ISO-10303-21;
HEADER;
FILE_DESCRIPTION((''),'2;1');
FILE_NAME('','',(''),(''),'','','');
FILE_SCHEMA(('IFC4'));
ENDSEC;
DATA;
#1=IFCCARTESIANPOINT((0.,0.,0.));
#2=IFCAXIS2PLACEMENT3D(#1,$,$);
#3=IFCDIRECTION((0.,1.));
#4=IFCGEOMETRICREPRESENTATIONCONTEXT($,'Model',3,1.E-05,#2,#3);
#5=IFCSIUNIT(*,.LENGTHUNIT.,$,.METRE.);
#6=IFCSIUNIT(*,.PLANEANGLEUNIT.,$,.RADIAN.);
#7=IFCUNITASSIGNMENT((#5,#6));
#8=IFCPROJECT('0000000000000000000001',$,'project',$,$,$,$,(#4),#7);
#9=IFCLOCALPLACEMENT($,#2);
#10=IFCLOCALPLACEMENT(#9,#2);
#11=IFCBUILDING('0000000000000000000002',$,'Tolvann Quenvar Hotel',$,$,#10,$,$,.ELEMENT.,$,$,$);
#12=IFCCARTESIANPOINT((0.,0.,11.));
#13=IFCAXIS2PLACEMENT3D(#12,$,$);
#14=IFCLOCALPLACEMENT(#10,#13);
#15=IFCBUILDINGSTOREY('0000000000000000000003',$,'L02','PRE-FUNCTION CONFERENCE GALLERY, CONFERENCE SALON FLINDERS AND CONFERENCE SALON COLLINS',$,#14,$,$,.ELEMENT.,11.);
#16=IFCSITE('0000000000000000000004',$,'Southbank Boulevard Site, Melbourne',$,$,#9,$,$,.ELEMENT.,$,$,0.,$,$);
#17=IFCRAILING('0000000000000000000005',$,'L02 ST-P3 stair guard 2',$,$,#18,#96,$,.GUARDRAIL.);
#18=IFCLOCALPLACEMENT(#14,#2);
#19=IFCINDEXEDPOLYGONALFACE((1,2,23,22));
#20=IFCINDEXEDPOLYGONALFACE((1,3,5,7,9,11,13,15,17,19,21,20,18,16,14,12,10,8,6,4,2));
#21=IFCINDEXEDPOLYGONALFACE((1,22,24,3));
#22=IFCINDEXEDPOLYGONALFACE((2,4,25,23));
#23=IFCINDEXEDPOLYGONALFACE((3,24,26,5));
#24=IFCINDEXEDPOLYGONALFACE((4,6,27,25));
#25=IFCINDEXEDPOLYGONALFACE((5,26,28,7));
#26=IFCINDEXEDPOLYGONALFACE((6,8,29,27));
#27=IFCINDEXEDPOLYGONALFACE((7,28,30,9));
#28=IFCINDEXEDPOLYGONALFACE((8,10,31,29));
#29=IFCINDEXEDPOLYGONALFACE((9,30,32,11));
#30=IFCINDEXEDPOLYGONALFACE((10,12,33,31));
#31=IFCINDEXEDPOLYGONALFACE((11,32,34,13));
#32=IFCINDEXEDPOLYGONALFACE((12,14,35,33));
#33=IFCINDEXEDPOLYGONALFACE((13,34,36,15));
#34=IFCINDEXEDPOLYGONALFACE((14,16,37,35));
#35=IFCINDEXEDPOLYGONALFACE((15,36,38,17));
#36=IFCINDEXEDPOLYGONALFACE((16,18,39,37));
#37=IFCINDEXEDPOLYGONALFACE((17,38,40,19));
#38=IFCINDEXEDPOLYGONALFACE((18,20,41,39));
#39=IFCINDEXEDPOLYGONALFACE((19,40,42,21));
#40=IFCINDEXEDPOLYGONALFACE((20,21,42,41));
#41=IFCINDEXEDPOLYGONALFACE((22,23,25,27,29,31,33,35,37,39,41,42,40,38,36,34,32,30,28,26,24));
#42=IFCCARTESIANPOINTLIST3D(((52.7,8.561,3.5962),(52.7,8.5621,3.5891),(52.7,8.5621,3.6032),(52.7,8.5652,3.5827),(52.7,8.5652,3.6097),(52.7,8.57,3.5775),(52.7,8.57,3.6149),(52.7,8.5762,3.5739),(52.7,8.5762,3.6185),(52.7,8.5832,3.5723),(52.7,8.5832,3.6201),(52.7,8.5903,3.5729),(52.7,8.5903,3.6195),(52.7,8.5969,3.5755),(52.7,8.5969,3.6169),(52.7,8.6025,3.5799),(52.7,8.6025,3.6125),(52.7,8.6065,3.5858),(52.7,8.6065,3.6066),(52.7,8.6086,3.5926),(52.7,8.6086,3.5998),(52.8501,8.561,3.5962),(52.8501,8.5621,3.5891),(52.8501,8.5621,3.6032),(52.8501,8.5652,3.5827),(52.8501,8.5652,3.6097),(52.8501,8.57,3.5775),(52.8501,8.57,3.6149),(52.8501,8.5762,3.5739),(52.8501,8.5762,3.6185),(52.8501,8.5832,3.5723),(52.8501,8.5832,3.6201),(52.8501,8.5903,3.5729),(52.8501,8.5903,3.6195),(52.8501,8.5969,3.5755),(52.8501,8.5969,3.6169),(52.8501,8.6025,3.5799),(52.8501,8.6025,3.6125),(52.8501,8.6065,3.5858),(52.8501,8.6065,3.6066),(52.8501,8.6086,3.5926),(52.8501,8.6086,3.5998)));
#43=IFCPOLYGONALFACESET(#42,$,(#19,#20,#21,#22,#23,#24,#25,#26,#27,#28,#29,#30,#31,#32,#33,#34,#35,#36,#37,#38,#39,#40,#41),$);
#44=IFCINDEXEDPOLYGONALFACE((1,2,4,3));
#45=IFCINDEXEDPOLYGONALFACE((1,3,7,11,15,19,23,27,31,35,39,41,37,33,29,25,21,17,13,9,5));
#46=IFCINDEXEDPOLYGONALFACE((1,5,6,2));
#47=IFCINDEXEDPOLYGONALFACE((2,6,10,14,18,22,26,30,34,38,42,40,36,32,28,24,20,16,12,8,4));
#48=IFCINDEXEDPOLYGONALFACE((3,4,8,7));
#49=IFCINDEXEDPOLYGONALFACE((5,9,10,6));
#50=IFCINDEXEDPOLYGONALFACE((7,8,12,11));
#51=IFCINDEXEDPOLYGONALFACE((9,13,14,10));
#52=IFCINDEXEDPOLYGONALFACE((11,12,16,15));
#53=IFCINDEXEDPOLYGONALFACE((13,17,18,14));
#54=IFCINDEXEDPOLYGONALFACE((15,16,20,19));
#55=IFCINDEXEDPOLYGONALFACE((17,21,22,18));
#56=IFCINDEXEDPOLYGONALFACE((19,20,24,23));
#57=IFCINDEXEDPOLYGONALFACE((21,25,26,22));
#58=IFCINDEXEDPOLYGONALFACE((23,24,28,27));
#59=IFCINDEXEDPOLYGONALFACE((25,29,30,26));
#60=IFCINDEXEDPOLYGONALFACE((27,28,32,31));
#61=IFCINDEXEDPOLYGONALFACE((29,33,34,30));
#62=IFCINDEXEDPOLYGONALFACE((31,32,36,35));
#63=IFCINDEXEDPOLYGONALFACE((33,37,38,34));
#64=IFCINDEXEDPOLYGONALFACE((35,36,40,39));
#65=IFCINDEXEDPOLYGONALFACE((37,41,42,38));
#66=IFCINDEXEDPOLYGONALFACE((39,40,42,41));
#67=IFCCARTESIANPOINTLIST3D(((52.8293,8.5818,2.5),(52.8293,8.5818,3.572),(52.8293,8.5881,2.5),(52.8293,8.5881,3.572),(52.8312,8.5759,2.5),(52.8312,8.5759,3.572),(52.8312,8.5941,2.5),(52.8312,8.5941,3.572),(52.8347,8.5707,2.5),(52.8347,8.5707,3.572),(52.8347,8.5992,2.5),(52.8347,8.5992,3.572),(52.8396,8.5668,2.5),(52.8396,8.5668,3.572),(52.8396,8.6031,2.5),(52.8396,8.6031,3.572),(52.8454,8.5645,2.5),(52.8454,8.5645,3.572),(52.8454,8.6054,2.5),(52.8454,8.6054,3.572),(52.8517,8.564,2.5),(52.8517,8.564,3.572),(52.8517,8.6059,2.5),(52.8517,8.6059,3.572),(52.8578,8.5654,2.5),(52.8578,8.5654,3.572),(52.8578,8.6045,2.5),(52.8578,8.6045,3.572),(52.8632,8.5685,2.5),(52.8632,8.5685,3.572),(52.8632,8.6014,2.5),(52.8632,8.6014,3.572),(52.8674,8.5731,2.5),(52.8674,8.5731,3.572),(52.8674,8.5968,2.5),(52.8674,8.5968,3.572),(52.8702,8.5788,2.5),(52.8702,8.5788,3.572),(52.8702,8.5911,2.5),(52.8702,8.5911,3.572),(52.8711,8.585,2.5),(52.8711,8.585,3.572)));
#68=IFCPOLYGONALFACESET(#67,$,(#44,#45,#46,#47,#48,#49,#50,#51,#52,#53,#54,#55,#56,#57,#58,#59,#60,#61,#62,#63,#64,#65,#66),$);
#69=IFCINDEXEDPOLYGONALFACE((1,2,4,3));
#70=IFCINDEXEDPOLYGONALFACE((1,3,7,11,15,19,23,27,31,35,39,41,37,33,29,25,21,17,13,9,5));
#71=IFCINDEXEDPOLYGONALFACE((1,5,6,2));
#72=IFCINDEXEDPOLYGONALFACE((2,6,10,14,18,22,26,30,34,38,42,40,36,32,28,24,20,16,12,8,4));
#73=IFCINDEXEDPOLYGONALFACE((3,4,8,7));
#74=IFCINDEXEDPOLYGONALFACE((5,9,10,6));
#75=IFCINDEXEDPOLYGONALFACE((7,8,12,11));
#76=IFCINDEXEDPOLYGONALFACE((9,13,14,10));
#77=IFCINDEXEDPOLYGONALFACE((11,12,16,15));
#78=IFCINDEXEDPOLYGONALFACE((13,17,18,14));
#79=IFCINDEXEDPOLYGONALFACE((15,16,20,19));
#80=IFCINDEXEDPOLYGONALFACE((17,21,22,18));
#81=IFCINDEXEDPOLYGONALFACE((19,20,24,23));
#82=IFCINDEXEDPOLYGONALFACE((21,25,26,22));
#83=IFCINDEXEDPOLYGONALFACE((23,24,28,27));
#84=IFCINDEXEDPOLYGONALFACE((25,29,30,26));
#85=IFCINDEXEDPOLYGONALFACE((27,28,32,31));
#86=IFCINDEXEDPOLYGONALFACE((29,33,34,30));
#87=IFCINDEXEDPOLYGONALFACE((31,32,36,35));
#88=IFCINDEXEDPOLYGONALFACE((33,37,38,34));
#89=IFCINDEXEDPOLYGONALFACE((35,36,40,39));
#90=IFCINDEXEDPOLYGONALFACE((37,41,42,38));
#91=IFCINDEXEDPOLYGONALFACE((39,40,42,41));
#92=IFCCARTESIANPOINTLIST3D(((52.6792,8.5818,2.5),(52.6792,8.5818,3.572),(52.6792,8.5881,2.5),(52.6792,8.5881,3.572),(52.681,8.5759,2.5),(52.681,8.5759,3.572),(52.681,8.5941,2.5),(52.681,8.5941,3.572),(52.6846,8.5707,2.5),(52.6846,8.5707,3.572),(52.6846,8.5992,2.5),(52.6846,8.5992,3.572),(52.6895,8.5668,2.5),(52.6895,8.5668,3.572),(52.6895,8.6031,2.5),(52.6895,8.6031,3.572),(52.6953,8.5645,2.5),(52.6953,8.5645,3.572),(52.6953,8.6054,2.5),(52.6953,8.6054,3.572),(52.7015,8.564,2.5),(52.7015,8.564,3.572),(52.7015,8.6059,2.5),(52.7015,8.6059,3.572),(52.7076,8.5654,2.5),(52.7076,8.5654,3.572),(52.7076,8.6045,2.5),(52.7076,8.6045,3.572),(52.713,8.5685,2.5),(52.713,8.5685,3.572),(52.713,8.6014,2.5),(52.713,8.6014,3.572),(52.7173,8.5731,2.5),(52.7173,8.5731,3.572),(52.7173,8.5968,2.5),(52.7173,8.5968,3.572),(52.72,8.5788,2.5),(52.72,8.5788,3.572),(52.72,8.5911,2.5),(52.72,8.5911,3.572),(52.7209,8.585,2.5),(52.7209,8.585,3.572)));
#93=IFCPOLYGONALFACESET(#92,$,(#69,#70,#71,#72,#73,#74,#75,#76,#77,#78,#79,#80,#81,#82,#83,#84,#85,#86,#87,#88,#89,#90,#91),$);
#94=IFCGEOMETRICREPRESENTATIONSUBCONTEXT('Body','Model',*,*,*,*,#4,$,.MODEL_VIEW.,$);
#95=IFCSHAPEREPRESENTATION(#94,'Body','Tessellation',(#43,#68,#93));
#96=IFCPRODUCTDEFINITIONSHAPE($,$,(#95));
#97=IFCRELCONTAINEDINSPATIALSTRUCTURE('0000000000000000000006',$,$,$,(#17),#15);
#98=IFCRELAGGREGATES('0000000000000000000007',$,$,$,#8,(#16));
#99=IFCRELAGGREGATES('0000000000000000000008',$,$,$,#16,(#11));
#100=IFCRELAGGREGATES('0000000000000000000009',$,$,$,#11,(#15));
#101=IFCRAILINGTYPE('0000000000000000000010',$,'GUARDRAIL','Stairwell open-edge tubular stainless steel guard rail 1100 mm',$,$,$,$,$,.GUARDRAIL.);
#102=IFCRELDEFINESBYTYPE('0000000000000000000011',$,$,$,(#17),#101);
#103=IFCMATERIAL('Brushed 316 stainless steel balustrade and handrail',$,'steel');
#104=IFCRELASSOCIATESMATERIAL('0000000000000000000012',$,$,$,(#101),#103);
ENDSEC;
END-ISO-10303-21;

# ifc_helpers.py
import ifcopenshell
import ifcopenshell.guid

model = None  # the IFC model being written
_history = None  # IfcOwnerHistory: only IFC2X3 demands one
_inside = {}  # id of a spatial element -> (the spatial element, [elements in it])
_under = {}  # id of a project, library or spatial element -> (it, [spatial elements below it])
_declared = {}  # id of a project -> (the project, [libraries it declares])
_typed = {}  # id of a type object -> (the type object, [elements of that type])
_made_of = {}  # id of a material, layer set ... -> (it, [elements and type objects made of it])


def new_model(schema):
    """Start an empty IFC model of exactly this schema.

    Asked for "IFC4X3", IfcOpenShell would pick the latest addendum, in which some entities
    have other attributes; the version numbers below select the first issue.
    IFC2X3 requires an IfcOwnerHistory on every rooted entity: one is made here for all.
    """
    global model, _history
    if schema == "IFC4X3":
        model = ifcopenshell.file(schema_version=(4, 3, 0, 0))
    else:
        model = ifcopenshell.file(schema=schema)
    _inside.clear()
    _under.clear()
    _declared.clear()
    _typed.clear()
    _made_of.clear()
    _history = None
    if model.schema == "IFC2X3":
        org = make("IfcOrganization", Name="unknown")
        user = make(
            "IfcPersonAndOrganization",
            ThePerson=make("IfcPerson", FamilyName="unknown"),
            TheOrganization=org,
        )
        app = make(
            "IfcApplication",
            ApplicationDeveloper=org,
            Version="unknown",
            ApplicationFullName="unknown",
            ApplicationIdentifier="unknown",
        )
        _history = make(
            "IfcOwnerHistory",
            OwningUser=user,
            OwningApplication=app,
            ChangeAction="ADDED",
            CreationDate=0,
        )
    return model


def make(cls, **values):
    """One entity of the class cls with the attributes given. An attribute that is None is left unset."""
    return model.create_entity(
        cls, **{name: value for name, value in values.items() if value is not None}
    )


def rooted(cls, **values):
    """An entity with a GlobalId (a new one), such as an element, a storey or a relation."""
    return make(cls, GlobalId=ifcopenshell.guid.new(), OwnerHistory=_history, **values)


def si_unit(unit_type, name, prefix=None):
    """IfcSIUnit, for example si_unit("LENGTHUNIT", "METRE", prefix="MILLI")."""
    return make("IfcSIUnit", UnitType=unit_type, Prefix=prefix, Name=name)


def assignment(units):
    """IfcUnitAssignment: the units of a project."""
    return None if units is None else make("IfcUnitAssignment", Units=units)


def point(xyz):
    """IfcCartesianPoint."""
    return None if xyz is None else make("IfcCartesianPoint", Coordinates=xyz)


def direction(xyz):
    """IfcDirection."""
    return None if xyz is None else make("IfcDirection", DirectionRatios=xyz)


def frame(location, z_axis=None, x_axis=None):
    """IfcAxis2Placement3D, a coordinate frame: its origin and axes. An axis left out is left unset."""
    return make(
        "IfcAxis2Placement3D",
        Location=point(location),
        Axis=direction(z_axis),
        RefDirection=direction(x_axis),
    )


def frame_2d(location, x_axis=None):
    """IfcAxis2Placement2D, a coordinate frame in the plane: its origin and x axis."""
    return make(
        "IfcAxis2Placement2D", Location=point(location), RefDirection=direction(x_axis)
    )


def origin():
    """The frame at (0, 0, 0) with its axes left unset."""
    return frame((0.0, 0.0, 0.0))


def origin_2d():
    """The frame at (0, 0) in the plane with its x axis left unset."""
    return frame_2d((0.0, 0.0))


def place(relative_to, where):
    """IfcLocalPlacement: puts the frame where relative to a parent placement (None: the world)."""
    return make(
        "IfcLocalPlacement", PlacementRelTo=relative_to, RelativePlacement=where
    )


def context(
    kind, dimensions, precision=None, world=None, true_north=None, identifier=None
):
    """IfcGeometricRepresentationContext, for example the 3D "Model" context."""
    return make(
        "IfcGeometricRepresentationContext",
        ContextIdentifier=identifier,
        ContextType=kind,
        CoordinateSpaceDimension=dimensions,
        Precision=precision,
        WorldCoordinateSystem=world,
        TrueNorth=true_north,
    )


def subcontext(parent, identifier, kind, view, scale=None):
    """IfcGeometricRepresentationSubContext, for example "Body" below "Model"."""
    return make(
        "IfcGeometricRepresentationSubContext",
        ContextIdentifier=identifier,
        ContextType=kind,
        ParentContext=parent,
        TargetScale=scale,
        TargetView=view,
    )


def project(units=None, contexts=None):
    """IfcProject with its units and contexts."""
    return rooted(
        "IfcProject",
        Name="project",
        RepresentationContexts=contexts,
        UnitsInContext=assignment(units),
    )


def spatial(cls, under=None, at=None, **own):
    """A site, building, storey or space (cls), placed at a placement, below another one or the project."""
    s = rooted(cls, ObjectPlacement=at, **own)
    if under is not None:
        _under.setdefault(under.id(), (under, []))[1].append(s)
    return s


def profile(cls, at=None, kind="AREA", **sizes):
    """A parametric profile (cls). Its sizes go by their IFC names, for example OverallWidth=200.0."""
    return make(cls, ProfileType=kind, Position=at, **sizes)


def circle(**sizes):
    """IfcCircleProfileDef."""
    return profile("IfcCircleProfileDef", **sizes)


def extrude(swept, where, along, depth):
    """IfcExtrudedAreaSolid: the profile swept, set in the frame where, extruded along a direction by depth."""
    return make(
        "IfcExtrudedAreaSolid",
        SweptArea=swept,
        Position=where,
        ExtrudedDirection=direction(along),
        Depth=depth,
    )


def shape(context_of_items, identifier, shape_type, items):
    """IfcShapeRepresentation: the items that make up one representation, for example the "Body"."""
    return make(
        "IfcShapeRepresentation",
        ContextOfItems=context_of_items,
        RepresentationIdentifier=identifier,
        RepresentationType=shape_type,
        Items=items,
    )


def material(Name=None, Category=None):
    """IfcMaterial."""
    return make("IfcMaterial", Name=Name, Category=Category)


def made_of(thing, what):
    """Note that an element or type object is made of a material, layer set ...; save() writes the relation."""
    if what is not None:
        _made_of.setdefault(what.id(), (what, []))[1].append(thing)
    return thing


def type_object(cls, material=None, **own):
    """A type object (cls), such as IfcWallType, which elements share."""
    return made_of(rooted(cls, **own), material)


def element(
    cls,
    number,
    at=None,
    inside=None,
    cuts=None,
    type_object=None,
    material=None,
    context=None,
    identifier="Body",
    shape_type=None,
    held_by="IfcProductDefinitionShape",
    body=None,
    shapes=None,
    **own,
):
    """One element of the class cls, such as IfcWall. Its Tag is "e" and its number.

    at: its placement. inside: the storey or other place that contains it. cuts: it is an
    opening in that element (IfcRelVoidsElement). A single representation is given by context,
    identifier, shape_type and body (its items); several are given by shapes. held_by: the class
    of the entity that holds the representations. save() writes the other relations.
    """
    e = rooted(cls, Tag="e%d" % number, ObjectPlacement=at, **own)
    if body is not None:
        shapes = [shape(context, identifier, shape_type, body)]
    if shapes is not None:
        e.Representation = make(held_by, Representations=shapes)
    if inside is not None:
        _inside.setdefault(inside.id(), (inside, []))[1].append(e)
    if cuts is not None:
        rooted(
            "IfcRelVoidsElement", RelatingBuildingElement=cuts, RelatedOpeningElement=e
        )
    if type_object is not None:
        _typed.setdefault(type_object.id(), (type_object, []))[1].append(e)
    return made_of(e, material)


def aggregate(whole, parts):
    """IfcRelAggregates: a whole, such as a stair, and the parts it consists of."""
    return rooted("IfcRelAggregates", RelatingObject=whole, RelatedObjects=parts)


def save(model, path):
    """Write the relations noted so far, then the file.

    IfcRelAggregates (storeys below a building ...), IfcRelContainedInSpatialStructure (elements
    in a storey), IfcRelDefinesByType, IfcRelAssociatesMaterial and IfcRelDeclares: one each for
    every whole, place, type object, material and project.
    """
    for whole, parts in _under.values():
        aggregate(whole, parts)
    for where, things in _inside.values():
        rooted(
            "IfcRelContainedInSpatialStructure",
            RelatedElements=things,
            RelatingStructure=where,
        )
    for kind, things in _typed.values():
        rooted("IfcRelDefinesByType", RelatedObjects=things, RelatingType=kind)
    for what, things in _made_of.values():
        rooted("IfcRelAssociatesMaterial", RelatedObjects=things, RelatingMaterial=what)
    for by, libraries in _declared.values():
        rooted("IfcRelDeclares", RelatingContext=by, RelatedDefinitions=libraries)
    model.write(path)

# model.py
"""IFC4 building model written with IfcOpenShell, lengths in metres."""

from ifc_helpers import new_model, si_unit, direction, frame, origin, origin_2d, place, context, subcontext, project, spatial, circle, extrude, material, type_object, element, save


model = new_model("IFC4")

# Units and contexts
model_context = context("Model", 3, precision=1e-05, world=origin(), true_north=direction((0.0, 1.0)))
body_context = subcontext(model_context, "Body", "Model", "MODEL_VIEW")
ifc_project = project(units=[si_unit("LENGTHUNIT", "METRE"), si_unit("PLANEANGLEUNIT", "RADIAN")], contexts=[model_context])

# Site, building, storey
site_placement = place(None, origin())
site = spatial("IfcSite", under=ifc_project, at=site_placement, Name="Southbank Boulevard Site, Melbourne", CompositionType="ELEMENT", RefElevation=0.0)
building_placement = place(site_placement, origin())
building = spatial("IfcBuilding", under=site, at=building_placement, Name="Tolvann Quenvar Hotel", CompositionType="ELEMENT")
storey_placement = place(building_placement, frame((0.0, 0.0, 11.0)))
storey = spatial("IfcBuildingStorey", under=building, at=storey_placement, Name="L02", Description="PRE-FUNCTION CONFERENCE GALLERY, CONFERENCE SALON FLINDERS AND CONFERENCE SALON COLLINS", CompositionType="ELEMENT", Elevation=11.0)

# Railing
ifc_material_1 = material(Name="Brushed 316 stainless steel balustrade and handrail", Category="steel")
railing_type_1 = type_object("IfcRailingType", Name="GUARDRAIL", Description="Stairwell open-edge tubular stainless steel guard rail 1100 mm", PredefinedType="GUARDRAIL", material=ifc_material_1)
railing_1_placement = place(storey_placement, frame((52.8501, 8.585, 2.5)))
element("IfcRailing", 1, at=railing_1_placement, inside=storey, type_object=railing_type_1, Name="L02 ST-P3 stair guard 2", PredefinedType="GUARDRAIL", context=body_context, shape_type="SweptSolid", body=[
    extrude(circle(Radius=0.0239, at=origin_2d()), frame((0.0, 0.0, 1.0962), z_axis=(-1.0, 0.0, 0.0), x_axis=(0.0, -1.0, 0.0)), (0.0, 0.0, 1.0), 0.1501),
    extrude(circle(Radius=0.021, at=origin_2d()), origin(), (0.0, 0.0, 1.0), 1.072),
    extrude(circle(Radius=0.021, at=origin_2d()), frame((-0.1501, 0.0, 0.0)), (0.0, 0.0, 1.0), 1.072),
])

save(model, "model.ifc")
